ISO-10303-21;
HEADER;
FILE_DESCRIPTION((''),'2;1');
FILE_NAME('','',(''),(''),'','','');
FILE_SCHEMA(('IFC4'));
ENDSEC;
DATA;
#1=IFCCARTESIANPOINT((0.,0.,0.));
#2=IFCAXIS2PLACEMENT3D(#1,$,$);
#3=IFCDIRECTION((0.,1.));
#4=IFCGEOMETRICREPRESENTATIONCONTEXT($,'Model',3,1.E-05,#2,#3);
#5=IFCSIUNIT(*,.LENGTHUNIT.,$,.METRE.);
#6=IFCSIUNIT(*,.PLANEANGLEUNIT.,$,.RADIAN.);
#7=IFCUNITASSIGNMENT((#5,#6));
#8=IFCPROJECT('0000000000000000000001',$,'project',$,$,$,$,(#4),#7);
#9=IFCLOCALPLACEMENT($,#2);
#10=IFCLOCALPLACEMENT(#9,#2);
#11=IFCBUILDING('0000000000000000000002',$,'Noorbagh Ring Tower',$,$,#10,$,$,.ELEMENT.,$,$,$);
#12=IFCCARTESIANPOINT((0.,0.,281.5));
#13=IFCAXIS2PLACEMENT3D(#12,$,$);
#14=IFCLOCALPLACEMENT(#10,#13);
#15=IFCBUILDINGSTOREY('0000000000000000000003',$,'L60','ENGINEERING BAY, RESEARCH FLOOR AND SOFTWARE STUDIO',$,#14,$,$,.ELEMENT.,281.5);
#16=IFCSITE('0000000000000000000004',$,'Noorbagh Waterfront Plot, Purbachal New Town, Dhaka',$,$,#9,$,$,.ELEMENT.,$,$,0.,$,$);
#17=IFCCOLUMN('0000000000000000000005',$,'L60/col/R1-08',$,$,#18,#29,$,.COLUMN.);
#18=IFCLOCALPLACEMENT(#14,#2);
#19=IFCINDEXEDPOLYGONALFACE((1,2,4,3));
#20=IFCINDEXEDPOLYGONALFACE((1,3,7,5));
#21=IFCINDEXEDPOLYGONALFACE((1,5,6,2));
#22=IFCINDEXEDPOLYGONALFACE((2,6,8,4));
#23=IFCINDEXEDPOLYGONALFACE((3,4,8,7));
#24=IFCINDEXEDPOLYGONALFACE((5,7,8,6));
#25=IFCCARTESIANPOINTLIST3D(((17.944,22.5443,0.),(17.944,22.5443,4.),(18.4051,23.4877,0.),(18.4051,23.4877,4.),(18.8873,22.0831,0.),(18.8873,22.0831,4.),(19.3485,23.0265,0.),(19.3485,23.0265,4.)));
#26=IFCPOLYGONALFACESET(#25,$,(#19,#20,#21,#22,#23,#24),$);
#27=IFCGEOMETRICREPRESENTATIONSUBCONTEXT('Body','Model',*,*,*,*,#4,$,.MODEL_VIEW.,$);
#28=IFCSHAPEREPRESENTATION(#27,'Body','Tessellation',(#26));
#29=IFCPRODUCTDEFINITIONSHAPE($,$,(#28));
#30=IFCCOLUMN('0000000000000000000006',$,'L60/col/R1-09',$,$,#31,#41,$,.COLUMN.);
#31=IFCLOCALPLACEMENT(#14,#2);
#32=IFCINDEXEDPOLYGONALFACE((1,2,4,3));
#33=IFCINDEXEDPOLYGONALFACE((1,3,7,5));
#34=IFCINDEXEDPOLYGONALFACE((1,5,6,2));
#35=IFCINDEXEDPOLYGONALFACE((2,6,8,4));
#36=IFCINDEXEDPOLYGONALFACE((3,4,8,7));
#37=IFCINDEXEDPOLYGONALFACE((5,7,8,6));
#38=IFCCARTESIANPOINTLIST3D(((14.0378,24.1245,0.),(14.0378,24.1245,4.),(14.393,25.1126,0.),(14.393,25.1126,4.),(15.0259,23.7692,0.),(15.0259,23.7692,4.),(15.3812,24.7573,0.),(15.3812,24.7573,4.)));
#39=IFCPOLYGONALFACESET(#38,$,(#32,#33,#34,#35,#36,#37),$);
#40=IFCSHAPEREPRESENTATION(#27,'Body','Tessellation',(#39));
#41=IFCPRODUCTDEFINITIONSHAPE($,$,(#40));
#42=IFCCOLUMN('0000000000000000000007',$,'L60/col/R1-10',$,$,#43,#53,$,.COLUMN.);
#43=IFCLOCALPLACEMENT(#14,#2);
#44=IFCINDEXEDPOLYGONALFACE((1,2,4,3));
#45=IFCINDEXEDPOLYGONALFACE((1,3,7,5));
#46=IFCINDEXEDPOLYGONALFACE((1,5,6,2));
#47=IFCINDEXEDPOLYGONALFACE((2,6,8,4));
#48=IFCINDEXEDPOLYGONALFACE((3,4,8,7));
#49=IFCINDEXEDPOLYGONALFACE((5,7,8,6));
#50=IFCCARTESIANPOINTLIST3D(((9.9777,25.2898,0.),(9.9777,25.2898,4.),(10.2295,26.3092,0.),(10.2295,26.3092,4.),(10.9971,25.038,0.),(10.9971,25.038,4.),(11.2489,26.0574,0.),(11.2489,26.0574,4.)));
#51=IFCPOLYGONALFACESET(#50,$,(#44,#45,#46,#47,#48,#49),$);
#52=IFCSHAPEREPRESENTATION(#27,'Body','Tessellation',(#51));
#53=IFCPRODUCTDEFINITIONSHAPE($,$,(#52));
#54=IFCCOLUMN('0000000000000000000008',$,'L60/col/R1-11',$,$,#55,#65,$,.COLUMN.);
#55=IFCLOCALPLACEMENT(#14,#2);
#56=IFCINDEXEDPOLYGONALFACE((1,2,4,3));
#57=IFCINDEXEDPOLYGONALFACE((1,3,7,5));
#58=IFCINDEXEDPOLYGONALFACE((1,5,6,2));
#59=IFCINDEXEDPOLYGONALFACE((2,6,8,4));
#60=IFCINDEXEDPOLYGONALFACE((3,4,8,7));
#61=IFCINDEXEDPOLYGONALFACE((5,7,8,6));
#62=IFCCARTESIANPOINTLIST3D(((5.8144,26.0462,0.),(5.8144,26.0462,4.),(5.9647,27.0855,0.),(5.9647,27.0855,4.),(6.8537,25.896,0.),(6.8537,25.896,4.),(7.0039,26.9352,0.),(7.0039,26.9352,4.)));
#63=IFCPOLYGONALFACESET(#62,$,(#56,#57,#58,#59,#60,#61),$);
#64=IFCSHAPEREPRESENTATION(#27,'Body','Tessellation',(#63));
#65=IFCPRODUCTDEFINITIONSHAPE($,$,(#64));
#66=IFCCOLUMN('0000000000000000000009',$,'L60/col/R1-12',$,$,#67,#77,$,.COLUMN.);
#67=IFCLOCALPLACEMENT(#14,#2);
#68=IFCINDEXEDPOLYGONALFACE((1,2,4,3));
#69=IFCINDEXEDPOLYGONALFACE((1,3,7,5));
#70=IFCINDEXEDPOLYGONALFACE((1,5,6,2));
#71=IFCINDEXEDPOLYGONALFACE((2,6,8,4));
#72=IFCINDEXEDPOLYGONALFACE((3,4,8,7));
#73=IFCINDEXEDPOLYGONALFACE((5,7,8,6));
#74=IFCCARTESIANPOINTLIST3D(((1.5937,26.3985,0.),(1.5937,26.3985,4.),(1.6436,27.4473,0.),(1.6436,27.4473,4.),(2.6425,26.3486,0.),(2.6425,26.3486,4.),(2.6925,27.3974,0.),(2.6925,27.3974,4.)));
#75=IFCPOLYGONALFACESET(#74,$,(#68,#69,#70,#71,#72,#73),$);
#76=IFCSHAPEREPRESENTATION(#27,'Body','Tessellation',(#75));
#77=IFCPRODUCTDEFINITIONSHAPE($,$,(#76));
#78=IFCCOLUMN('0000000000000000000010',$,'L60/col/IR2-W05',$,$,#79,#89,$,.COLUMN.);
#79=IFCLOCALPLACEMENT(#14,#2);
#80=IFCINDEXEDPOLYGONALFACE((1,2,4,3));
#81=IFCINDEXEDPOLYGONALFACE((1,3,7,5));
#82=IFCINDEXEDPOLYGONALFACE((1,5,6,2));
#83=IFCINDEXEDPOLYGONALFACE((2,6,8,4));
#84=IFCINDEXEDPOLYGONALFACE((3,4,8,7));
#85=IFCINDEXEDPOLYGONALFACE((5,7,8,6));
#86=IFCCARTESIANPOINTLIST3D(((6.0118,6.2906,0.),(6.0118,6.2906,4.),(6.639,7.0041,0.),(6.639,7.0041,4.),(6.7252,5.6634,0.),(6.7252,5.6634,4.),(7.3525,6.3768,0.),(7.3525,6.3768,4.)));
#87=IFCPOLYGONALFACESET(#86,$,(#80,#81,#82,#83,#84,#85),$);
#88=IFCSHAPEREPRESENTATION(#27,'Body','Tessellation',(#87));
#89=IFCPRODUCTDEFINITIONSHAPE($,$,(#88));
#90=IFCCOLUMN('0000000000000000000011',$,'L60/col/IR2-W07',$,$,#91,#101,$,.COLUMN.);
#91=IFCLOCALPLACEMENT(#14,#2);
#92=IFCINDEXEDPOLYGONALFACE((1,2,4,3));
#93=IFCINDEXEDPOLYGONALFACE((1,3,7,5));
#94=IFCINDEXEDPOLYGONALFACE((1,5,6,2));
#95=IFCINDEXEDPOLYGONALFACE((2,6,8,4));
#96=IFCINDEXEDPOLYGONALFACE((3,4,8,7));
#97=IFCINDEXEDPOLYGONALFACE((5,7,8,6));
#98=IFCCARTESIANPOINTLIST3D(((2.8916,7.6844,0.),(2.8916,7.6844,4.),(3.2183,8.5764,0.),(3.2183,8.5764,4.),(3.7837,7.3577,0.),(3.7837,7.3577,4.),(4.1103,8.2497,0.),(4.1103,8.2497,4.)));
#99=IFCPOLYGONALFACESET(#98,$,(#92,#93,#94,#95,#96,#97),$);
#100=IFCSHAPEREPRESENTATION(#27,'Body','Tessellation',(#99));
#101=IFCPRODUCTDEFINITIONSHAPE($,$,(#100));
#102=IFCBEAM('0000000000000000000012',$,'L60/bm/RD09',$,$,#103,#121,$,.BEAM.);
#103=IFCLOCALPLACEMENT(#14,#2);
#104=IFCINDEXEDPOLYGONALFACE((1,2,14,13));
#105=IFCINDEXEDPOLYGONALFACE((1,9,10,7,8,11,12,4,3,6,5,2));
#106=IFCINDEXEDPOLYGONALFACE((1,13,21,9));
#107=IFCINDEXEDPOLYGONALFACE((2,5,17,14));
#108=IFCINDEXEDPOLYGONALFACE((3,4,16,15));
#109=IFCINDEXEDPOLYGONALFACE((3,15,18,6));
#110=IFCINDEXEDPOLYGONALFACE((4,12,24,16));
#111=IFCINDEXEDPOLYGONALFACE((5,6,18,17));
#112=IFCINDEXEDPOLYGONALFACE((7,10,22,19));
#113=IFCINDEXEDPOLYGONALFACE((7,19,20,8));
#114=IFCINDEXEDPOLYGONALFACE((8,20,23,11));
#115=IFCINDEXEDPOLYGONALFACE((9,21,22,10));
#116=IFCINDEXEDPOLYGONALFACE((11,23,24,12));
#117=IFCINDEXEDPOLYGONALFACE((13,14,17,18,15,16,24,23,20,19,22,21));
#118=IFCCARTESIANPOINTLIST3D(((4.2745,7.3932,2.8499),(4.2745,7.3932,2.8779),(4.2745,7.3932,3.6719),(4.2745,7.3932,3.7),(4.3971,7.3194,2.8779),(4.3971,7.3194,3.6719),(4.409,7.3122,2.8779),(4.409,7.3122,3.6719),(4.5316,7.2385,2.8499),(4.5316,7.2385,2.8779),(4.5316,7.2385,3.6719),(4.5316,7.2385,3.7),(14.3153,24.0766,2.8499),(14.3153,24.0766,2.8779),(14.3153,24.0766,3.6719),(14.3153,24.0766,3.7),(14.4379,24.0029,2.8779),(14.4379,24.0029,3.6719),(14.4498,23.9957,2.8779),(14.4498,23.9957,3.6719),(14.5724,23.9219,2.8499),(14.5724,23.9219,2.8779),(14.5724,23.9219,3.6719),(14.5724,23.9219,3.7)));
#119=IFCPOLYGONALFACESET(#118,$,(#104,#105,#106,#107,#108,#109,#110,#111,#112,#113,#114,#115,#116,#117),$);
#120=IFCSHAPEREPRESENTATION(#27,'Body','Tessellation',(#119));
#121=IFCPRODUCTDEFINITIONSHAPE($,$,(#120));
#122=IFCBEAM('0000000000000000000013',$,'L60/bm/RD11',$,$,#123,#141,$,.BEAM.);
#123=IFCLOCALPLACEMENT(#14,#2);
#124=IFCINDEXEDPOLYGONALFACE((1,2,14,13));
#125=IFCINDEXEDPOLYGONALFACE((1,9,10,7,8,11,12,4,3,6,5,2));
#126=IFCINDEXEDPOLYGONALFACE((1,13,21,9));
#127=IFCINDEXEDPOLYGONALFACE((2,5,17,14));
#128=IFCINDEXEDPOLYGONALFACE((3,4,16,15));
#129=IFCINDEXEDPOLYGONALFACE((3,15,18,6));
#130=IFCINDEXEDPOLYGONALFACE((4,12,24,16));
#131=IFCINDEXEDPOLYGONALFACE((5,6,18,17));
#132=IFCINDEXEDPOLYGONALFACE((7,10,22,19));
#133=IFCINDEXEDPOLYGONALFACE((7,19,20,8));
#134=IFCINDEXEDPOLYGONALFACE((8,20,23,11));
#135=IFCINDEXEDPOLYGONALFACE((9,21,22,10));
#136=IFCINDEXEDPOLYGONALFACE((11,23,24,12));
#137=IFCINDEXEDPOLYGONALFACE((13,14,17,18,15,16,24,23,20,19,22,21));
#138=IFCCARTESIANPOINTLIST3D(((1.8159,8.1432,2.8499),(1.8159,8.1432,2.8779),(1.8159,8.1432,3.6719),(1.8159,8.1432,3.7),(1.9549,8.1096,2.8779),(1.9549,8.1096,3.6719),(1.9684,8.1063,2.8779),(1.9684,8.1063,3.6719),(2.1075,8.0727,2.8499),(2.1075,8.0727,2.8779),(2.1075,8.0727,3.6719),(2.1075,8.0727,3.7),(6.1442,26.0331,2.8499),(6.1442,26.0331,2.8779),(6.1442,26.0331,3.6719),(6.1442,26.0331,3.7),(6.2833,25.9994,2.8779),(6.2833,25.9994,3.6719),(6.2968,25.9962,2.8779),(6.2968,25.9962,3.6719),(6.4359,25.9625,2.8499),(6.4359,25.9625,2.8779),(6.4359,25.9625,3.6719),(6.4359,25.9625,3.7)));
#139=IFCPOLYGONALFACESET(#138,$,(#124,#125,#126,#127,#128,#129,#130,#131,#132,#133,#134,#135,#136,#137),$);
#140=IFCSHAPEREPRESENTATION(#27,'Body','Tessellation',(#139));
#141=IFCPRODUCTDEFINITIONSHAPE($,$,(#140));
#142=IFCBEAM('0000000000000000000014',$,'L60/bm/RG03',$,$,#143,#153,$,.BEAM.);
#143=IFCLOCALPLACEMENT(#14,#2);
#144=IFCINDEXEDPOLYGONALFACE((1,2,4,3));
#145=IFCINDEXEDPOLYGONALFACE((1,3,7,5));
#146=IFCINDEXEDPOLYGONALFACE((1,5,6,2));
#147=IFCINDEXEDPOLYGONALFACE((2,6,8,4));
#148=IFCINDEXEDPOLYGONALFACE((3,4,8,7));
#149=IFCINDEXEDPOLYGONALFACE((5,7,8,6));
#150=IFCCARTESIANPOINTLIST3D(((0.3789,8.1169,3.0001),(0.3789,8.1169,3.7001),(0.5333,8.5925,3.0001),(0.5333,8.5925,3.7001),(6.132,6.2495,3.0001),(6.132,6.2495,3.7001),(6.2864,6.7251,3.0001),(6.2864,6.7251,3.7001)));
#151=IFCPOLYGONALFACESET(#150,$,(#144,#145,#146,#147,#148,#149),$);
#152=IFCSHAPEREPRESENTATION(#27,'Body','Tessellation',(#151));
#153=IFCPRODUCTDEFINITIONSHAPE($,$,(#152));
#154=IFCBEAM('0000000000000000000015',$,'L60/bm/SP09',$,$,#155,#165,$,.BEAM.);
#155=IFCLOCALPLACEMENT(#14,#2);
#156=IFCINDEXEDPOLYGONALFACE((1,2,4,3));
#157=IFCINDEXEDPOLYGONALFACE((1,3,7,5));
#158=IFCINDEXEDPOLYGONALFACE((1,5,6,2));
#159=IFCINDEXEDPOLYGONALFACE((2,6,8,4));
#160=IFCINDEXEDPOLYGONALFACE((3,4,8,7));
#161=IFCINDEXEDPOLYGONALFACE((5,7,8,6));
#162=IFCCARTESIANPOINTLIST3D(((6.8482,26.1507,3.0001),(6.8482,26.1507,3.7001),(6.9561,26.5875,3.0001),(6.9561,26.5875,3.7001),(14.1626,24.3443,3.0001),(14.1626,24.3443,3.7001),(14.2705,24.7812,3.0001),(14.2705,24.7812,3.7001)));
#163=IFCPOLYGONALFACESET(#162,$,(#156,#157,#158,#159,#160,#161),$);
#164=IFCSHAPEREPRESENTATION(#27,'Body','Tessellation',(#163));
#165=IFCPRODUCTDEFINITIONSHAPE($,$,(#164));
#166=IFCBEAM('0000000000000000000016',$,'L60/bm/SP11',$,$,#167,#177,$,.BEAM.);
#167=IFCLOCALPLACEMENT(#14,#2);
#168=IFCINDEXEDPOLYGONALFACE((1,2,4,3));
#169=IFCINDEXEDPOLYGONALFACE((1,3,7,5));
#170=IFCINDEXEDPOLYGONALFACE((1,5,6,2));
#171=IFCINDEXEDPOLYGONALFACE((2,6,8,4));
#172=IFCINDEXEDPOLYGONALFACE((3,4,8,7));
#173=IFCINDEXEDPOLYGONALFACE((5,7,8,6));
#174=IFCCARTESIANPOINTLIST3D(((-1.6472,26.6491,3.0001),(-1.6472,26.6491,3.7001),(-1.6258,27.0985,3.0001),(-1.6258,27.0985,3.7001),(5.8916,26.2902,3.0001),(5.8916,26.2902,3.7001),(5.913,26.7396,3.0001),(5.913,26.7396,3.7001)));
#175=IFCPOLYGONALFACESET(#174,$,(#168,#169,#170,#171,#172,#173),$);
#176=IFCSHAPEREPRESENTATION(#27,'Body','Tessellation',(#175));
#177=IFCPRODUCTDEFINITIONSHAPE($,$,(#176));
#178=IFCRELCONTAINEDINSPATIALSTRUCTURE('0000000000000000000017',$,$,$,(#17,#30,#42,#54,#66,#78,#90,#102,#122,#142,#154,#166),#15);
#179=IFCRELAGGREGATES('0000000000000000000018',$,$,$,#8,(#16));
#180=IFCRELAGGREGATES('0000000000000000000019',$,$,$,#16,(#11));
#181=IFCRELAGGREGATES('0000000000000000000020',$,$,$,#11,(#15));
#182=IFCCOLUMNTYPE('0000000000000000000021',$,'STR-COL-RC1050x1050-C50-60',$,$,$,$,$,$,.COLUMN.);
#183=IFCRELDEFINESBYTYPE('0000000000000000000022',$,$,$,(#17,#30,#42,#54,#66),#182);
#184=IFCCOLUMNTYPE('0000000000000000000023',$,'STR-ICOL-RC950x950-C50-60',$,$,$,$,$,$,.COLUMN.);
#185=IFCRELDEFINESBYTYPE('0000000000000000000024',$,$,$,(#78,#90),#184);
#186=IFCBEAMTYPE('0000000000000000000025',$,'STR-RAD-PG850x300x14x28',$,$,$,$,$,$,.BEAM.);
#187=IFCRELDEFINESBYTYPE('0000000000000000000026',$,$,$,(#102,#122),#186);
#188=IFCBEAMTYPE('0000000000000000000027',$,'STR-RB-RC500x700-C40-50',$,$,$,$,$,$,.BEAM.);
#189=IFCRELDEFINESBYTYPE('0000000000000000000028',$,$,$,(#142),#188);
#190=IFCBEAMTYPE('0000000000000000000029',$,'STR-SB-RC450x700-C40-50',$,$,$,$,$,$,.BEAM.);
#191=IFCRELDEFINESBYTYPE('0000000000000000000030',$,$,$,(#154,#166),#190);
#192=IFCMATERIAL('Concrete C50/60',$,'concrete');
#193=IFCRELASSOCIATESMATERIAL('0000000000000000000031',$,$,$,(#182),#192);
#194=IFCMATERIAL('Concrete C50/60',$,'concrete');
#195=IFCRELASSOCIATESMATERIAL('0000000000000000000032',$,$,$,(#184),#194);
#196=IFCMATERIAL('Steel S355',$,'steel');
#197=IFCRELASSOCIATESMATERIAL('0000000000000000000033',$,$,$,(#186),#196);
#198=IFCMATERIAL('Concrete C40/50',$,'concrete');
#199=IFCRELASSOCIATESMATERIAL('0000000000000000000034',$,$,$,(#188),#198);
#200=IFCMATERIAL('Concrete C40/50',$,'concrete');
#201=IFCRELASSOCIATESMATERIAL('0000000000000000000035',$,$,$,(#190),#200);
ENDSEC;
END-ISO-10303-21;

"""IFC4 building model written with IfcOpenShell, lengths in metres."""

from ifc_helpers import new_model, si_unit, direction, frame, origin, origin_2d, place, context, subcontext, project, spatial, rectangle, i_section, extrude, material, material_profile, profile_set, type_object, element, save


model = new_model("IFC4")

# Units and contexts
model_context = context("Model", 3, precision=1e-05, world=origin(), true_north=direction((0.0, 1.0)))
body_context = subcontext(model_context, "Body", "Model", "MODEL_VIEW")
ifc_project = project(units=[si_unit("LENGTHUNIT", "METRE"), si_unit("PLANEANGLEUNIT", "RADIAN")], contexts=[model_context])

# Site, building, storey
site_placement = place(None, origin())
site = spatial("IfcSite", under=ifc_project, at=site_placement, Name="Noorbagh Waterfront Plot, Purbachal New Town, Dhaka", CompositionType="ELEMENT", RefElevation=0.0)
building_placement = place(site_placement, origin())
building = spatial("IfcBuilding", under=site, at=building_placement, Name="Noorbagh Ring Tower", CompositionType="ELEMENT")
storey_placement = place(building_placement, frame((0.0, 0.0, 281.5)))
storey = spatial("IfcBuildingStorey", under=building, at=storey_placement, Name="L60", Description="ENGINEERING BAY, RESEARCH FLOOR AND SOFTWARE STUDIO", CompositionType="ELEMENT", Elevation=281.5)

# Columns
ifc_material_1 = material(Name="Concrete C50/60", Category="concrete")
ifc_material_profile_1 = material_profile(ifc_material_1, rectangle(XDim=1.05, YDim=1.05, at=origin_2d()), Name="RC1050x1050")
ifc_profile_set_1 = profile_set([ifc_material_profile_1], Name="Concrete C50/60")
column_type_1 = type_object("IfcColumnType", Name="STR-COL-RC1050x1050-C50-60", PredefinedType="COLUMN", material=ifc_profile_set_1)
for number, where, z_axis, x_axis, name in (
    (1, (18.6462, 22.7854, 0.0), (0.0, 0.0, 1.0), (-0.898399, 0.43918, 0.0), "L60/col/R1-08"),
    (2, (14.7095, 24.4409, 0.0), (0.0, 0.0, 1.0), (-0.941025, 0.338338, 0.0), "L60/col/R1-09"),
    (3, (10.6133, 25.6736, 0.0), (0.0, 0.0, 1.0), (-0.970829, 0.239771, 0.0), "L60/col/R1-10"),
    (4, (6.4092, 26.4907, 0.0), (0.0, 0.0, 1.0), (-0.989713, 0.143066, 0.0), "L60/col/R1-11"),
    (5, (2.1431, 26.8979, 0.0), (0.0, 0.0, 1.0), (-0.998869, 0.047553, 0.0), "L60/col/R1-12"),
):
    element("IfcColumn", number, at=place(storey_placement, frame(where, z_axis=z_axis, x_axis=x_axis)), inside=storey, type_object=column_type_1, Name=name, PredefinedType="COLUMN", context=body_context, shape_type="SweptSolid", body=[
        extrude(rectangle(XDim=1.05, YDim=1.05, at=origin_2d()), origin(), (0.0, 0.0, 1.0), 4.0),
    ])
ifc_material_2 = material(Name="Concrete C50/60", Category="concrete")
ifc_material_profile_2 = material_profile(ifc_material_2, rectangle(XDim=0.95, YDim=0.95, at=origin_2d()), Name="RC950x950")
ifc_profile_set_2 = profile_set([ifc_material_profile_2], Name="Concrete C50/60")
column_type_2 = type_object("IfcColumnType", Name="STR-ICOL-RC950x950-C50-60", PredefinedType="COLUMN", material=ifc_profile_set_2)
for number, where, z_axis, x_axis, name in (
    (6, (6.6821, 6.3337, 0.0), (0.0, 0.0, 1.0), (-0.751022, 0.660277, 0.0), "L60/col/IR2-W05"),
    (7, (3.501, 7.967, 0.0), (0.0, 0.0, 1.0), (-0.93902, 0.343864, 0.0), "L60/col/IR2-W07"),
):
    element("IfcColumn", number, at=place(storey_placement, frame(where, z_axis=z_axis, x_axis=x_axis)), inside=storey, type_object=column_type_2, Name=name, PredefinedType="COLUMN", context=body_context, shape_type="SweptSolid", body=[
        extrude(rectangle(XDim=0.95, YDim=0.95, at=origin_2d()), origin(), (0.0, 0.0, 1.0), 4.0),
    ])

# Beams
ifc_material_3 = material(Name="Steel S355", Category="steel")
ifc_material_profile_3 = material_profile(ifc_material_3, i_section(OverallWidth=0.3, OverallDepth=0.8501, WebThickness=0.0139, FlangeThickness=0.0281, at=origin_2d()), Name="PG850x300x14x28")
ifc_profile_set_3 = profile_set([ifc_material_profile_3], Name="Steel S355")
beam_type_1 = type_object("IfcBeamType", Name="STR-RAD-PG850x300x14x28", PredefinedType="BEAM", material=ifc_profile_set_3)
beam_1_placement = place(storey_placement, frame((14.4438, 23.9993, 3.2749), z_axis=(-0.515657, -0.856795, 0.0), x_axis=(0.856795, -0.515657, 0.0)))
element("IfcBeam", 8, at=beam_1_placement, inside=storey, type_object=beam_type_1, Name="L60/bm/RD09", PredefinedType="BEAM", context=body_context, shape_type="SweptSolid", body=[
    extrude(i_section(OverallWidth=0.3, OverallDepth=0.8501, WebThickness=0.0139, FlangeThickness=0.0281, at=origin_2d()), origin(), (0.0, 0.0, 1.0), 19.4719),
])
beam_2_placement = place(storey_placement, frame((6.29, 25.9978, 3.2749), z_axis=(-0.23516, -0.971957, 0.0), x_axis=(0.971957, -0.23516, 0.0)))
element("IfcBeam", 9, at=beam_2_placement, inside=storey, type_object=beam_type_1, Name="L60/bm/RD11", PredefinedType="BEAM", context=body_context, shape_type="SweptSolid", body=[
    extrude(i_section(OverallWidth=0.3, OverallDepth=0.8501, WebThickness=0.0139, FlangeThickness=0.0281, at=origin_2d()), origin(), (0.0, 0.0, 1.0), 18.406),
])
ifc_material_4 = material(Name="Concrete C40/50", Category="concrete")
ifc_material_profile_4 = material_profile(ifc_material_4, rectangle(XDim=0.5, YDim=0.7, at=origin_2d()), Name="RC500x700")
ifc_profile_set_4 = profile_set([ifc_material_profile_4], Name="Concrete C40/50")
beam_type_2 = type_object("IfcBeamType", Name="STR-RB-RC500x700-C40-50", PredefinedType="BEAM", material=ifc_profile_set_4)
beam_3_placement = place(storey_placement, frame((6.2092, 6.4873, 3.3501), z_axis=(-0.951148, 0.308735, 0.0), x_axis=(-0.308735, -0.951148, 0.0)))
element("IfcBeam", 10, at=beam_3_placement, inside=storey, type_object=beam_type_2, Name="L60/bm/RG03", PredefinedType="BEAM", context=body_context, shape_type="SweptSolid", body=[
    extrude(rectangle(XDim=0.5, YDim=0.7, at=origin_2d()), origin(), (0.0, 0.0, 1.0), 6.0486),
])
ifc_material_5 = material(Name="Concrete C40/50", Category="concrete")
ifc_material_profile_5 = material_profile(ifc_material_5, rectangle(XDim=0.45, YDim=0.7, at=origin_2d()), Name="RC450x700")
ifc_profile_set_5 = profile_set([ifc_material_profile_5], Name="Concrete C40/50")
beam_type_3 = type_object("IfcBeamType", Name="STR-SB-RC450x700-C40-50", PredefinedType="BEAM", material=ifc_profile_set_5)
beam_4_placement = place(storey_placement, frame((14.2166, 24.5627, 3.3501), z_axis=(-0.970832, 0.239759, 0.0), x_axis=(-0.239759, -0.970832, 0.0)))
element("IfcBeam", 11, at=beam_4_placement, inside=storey, type_object=beam_type_3, Name="L60/bm/SP09", PredefinedType="BEAM", context=body_context, shape_type="SweptSolid", body=[
    extrude(rectangle(XDim=0.45, YDim=0.7, at=origin_2d()), origin(), (0.0, 0.0, 1.0), 7.5342),
])
beam_5_placement = place(storey_placement, frame((5.9023, 26.5149, 3.3501), z_axis=(-0.998869, 0.047551, 0.0), x_axis=(-0.047551, -0.998869, 0.0)))
element("IfcBeam", 12, at=beam_5_placement, inside=storey, type_object=beam_type_3, Name="L60/bm/SP11", PredefinedType="BEAM", context=body_context, shape_type="SweptSolid", body=[
    extrude(rectangle(XDim=0.45, YDim=0.7, at=origin_2d()), origin(), (0.0, 0.0, 1.0), 7.5474),
])

save(model, "model.ifc")
